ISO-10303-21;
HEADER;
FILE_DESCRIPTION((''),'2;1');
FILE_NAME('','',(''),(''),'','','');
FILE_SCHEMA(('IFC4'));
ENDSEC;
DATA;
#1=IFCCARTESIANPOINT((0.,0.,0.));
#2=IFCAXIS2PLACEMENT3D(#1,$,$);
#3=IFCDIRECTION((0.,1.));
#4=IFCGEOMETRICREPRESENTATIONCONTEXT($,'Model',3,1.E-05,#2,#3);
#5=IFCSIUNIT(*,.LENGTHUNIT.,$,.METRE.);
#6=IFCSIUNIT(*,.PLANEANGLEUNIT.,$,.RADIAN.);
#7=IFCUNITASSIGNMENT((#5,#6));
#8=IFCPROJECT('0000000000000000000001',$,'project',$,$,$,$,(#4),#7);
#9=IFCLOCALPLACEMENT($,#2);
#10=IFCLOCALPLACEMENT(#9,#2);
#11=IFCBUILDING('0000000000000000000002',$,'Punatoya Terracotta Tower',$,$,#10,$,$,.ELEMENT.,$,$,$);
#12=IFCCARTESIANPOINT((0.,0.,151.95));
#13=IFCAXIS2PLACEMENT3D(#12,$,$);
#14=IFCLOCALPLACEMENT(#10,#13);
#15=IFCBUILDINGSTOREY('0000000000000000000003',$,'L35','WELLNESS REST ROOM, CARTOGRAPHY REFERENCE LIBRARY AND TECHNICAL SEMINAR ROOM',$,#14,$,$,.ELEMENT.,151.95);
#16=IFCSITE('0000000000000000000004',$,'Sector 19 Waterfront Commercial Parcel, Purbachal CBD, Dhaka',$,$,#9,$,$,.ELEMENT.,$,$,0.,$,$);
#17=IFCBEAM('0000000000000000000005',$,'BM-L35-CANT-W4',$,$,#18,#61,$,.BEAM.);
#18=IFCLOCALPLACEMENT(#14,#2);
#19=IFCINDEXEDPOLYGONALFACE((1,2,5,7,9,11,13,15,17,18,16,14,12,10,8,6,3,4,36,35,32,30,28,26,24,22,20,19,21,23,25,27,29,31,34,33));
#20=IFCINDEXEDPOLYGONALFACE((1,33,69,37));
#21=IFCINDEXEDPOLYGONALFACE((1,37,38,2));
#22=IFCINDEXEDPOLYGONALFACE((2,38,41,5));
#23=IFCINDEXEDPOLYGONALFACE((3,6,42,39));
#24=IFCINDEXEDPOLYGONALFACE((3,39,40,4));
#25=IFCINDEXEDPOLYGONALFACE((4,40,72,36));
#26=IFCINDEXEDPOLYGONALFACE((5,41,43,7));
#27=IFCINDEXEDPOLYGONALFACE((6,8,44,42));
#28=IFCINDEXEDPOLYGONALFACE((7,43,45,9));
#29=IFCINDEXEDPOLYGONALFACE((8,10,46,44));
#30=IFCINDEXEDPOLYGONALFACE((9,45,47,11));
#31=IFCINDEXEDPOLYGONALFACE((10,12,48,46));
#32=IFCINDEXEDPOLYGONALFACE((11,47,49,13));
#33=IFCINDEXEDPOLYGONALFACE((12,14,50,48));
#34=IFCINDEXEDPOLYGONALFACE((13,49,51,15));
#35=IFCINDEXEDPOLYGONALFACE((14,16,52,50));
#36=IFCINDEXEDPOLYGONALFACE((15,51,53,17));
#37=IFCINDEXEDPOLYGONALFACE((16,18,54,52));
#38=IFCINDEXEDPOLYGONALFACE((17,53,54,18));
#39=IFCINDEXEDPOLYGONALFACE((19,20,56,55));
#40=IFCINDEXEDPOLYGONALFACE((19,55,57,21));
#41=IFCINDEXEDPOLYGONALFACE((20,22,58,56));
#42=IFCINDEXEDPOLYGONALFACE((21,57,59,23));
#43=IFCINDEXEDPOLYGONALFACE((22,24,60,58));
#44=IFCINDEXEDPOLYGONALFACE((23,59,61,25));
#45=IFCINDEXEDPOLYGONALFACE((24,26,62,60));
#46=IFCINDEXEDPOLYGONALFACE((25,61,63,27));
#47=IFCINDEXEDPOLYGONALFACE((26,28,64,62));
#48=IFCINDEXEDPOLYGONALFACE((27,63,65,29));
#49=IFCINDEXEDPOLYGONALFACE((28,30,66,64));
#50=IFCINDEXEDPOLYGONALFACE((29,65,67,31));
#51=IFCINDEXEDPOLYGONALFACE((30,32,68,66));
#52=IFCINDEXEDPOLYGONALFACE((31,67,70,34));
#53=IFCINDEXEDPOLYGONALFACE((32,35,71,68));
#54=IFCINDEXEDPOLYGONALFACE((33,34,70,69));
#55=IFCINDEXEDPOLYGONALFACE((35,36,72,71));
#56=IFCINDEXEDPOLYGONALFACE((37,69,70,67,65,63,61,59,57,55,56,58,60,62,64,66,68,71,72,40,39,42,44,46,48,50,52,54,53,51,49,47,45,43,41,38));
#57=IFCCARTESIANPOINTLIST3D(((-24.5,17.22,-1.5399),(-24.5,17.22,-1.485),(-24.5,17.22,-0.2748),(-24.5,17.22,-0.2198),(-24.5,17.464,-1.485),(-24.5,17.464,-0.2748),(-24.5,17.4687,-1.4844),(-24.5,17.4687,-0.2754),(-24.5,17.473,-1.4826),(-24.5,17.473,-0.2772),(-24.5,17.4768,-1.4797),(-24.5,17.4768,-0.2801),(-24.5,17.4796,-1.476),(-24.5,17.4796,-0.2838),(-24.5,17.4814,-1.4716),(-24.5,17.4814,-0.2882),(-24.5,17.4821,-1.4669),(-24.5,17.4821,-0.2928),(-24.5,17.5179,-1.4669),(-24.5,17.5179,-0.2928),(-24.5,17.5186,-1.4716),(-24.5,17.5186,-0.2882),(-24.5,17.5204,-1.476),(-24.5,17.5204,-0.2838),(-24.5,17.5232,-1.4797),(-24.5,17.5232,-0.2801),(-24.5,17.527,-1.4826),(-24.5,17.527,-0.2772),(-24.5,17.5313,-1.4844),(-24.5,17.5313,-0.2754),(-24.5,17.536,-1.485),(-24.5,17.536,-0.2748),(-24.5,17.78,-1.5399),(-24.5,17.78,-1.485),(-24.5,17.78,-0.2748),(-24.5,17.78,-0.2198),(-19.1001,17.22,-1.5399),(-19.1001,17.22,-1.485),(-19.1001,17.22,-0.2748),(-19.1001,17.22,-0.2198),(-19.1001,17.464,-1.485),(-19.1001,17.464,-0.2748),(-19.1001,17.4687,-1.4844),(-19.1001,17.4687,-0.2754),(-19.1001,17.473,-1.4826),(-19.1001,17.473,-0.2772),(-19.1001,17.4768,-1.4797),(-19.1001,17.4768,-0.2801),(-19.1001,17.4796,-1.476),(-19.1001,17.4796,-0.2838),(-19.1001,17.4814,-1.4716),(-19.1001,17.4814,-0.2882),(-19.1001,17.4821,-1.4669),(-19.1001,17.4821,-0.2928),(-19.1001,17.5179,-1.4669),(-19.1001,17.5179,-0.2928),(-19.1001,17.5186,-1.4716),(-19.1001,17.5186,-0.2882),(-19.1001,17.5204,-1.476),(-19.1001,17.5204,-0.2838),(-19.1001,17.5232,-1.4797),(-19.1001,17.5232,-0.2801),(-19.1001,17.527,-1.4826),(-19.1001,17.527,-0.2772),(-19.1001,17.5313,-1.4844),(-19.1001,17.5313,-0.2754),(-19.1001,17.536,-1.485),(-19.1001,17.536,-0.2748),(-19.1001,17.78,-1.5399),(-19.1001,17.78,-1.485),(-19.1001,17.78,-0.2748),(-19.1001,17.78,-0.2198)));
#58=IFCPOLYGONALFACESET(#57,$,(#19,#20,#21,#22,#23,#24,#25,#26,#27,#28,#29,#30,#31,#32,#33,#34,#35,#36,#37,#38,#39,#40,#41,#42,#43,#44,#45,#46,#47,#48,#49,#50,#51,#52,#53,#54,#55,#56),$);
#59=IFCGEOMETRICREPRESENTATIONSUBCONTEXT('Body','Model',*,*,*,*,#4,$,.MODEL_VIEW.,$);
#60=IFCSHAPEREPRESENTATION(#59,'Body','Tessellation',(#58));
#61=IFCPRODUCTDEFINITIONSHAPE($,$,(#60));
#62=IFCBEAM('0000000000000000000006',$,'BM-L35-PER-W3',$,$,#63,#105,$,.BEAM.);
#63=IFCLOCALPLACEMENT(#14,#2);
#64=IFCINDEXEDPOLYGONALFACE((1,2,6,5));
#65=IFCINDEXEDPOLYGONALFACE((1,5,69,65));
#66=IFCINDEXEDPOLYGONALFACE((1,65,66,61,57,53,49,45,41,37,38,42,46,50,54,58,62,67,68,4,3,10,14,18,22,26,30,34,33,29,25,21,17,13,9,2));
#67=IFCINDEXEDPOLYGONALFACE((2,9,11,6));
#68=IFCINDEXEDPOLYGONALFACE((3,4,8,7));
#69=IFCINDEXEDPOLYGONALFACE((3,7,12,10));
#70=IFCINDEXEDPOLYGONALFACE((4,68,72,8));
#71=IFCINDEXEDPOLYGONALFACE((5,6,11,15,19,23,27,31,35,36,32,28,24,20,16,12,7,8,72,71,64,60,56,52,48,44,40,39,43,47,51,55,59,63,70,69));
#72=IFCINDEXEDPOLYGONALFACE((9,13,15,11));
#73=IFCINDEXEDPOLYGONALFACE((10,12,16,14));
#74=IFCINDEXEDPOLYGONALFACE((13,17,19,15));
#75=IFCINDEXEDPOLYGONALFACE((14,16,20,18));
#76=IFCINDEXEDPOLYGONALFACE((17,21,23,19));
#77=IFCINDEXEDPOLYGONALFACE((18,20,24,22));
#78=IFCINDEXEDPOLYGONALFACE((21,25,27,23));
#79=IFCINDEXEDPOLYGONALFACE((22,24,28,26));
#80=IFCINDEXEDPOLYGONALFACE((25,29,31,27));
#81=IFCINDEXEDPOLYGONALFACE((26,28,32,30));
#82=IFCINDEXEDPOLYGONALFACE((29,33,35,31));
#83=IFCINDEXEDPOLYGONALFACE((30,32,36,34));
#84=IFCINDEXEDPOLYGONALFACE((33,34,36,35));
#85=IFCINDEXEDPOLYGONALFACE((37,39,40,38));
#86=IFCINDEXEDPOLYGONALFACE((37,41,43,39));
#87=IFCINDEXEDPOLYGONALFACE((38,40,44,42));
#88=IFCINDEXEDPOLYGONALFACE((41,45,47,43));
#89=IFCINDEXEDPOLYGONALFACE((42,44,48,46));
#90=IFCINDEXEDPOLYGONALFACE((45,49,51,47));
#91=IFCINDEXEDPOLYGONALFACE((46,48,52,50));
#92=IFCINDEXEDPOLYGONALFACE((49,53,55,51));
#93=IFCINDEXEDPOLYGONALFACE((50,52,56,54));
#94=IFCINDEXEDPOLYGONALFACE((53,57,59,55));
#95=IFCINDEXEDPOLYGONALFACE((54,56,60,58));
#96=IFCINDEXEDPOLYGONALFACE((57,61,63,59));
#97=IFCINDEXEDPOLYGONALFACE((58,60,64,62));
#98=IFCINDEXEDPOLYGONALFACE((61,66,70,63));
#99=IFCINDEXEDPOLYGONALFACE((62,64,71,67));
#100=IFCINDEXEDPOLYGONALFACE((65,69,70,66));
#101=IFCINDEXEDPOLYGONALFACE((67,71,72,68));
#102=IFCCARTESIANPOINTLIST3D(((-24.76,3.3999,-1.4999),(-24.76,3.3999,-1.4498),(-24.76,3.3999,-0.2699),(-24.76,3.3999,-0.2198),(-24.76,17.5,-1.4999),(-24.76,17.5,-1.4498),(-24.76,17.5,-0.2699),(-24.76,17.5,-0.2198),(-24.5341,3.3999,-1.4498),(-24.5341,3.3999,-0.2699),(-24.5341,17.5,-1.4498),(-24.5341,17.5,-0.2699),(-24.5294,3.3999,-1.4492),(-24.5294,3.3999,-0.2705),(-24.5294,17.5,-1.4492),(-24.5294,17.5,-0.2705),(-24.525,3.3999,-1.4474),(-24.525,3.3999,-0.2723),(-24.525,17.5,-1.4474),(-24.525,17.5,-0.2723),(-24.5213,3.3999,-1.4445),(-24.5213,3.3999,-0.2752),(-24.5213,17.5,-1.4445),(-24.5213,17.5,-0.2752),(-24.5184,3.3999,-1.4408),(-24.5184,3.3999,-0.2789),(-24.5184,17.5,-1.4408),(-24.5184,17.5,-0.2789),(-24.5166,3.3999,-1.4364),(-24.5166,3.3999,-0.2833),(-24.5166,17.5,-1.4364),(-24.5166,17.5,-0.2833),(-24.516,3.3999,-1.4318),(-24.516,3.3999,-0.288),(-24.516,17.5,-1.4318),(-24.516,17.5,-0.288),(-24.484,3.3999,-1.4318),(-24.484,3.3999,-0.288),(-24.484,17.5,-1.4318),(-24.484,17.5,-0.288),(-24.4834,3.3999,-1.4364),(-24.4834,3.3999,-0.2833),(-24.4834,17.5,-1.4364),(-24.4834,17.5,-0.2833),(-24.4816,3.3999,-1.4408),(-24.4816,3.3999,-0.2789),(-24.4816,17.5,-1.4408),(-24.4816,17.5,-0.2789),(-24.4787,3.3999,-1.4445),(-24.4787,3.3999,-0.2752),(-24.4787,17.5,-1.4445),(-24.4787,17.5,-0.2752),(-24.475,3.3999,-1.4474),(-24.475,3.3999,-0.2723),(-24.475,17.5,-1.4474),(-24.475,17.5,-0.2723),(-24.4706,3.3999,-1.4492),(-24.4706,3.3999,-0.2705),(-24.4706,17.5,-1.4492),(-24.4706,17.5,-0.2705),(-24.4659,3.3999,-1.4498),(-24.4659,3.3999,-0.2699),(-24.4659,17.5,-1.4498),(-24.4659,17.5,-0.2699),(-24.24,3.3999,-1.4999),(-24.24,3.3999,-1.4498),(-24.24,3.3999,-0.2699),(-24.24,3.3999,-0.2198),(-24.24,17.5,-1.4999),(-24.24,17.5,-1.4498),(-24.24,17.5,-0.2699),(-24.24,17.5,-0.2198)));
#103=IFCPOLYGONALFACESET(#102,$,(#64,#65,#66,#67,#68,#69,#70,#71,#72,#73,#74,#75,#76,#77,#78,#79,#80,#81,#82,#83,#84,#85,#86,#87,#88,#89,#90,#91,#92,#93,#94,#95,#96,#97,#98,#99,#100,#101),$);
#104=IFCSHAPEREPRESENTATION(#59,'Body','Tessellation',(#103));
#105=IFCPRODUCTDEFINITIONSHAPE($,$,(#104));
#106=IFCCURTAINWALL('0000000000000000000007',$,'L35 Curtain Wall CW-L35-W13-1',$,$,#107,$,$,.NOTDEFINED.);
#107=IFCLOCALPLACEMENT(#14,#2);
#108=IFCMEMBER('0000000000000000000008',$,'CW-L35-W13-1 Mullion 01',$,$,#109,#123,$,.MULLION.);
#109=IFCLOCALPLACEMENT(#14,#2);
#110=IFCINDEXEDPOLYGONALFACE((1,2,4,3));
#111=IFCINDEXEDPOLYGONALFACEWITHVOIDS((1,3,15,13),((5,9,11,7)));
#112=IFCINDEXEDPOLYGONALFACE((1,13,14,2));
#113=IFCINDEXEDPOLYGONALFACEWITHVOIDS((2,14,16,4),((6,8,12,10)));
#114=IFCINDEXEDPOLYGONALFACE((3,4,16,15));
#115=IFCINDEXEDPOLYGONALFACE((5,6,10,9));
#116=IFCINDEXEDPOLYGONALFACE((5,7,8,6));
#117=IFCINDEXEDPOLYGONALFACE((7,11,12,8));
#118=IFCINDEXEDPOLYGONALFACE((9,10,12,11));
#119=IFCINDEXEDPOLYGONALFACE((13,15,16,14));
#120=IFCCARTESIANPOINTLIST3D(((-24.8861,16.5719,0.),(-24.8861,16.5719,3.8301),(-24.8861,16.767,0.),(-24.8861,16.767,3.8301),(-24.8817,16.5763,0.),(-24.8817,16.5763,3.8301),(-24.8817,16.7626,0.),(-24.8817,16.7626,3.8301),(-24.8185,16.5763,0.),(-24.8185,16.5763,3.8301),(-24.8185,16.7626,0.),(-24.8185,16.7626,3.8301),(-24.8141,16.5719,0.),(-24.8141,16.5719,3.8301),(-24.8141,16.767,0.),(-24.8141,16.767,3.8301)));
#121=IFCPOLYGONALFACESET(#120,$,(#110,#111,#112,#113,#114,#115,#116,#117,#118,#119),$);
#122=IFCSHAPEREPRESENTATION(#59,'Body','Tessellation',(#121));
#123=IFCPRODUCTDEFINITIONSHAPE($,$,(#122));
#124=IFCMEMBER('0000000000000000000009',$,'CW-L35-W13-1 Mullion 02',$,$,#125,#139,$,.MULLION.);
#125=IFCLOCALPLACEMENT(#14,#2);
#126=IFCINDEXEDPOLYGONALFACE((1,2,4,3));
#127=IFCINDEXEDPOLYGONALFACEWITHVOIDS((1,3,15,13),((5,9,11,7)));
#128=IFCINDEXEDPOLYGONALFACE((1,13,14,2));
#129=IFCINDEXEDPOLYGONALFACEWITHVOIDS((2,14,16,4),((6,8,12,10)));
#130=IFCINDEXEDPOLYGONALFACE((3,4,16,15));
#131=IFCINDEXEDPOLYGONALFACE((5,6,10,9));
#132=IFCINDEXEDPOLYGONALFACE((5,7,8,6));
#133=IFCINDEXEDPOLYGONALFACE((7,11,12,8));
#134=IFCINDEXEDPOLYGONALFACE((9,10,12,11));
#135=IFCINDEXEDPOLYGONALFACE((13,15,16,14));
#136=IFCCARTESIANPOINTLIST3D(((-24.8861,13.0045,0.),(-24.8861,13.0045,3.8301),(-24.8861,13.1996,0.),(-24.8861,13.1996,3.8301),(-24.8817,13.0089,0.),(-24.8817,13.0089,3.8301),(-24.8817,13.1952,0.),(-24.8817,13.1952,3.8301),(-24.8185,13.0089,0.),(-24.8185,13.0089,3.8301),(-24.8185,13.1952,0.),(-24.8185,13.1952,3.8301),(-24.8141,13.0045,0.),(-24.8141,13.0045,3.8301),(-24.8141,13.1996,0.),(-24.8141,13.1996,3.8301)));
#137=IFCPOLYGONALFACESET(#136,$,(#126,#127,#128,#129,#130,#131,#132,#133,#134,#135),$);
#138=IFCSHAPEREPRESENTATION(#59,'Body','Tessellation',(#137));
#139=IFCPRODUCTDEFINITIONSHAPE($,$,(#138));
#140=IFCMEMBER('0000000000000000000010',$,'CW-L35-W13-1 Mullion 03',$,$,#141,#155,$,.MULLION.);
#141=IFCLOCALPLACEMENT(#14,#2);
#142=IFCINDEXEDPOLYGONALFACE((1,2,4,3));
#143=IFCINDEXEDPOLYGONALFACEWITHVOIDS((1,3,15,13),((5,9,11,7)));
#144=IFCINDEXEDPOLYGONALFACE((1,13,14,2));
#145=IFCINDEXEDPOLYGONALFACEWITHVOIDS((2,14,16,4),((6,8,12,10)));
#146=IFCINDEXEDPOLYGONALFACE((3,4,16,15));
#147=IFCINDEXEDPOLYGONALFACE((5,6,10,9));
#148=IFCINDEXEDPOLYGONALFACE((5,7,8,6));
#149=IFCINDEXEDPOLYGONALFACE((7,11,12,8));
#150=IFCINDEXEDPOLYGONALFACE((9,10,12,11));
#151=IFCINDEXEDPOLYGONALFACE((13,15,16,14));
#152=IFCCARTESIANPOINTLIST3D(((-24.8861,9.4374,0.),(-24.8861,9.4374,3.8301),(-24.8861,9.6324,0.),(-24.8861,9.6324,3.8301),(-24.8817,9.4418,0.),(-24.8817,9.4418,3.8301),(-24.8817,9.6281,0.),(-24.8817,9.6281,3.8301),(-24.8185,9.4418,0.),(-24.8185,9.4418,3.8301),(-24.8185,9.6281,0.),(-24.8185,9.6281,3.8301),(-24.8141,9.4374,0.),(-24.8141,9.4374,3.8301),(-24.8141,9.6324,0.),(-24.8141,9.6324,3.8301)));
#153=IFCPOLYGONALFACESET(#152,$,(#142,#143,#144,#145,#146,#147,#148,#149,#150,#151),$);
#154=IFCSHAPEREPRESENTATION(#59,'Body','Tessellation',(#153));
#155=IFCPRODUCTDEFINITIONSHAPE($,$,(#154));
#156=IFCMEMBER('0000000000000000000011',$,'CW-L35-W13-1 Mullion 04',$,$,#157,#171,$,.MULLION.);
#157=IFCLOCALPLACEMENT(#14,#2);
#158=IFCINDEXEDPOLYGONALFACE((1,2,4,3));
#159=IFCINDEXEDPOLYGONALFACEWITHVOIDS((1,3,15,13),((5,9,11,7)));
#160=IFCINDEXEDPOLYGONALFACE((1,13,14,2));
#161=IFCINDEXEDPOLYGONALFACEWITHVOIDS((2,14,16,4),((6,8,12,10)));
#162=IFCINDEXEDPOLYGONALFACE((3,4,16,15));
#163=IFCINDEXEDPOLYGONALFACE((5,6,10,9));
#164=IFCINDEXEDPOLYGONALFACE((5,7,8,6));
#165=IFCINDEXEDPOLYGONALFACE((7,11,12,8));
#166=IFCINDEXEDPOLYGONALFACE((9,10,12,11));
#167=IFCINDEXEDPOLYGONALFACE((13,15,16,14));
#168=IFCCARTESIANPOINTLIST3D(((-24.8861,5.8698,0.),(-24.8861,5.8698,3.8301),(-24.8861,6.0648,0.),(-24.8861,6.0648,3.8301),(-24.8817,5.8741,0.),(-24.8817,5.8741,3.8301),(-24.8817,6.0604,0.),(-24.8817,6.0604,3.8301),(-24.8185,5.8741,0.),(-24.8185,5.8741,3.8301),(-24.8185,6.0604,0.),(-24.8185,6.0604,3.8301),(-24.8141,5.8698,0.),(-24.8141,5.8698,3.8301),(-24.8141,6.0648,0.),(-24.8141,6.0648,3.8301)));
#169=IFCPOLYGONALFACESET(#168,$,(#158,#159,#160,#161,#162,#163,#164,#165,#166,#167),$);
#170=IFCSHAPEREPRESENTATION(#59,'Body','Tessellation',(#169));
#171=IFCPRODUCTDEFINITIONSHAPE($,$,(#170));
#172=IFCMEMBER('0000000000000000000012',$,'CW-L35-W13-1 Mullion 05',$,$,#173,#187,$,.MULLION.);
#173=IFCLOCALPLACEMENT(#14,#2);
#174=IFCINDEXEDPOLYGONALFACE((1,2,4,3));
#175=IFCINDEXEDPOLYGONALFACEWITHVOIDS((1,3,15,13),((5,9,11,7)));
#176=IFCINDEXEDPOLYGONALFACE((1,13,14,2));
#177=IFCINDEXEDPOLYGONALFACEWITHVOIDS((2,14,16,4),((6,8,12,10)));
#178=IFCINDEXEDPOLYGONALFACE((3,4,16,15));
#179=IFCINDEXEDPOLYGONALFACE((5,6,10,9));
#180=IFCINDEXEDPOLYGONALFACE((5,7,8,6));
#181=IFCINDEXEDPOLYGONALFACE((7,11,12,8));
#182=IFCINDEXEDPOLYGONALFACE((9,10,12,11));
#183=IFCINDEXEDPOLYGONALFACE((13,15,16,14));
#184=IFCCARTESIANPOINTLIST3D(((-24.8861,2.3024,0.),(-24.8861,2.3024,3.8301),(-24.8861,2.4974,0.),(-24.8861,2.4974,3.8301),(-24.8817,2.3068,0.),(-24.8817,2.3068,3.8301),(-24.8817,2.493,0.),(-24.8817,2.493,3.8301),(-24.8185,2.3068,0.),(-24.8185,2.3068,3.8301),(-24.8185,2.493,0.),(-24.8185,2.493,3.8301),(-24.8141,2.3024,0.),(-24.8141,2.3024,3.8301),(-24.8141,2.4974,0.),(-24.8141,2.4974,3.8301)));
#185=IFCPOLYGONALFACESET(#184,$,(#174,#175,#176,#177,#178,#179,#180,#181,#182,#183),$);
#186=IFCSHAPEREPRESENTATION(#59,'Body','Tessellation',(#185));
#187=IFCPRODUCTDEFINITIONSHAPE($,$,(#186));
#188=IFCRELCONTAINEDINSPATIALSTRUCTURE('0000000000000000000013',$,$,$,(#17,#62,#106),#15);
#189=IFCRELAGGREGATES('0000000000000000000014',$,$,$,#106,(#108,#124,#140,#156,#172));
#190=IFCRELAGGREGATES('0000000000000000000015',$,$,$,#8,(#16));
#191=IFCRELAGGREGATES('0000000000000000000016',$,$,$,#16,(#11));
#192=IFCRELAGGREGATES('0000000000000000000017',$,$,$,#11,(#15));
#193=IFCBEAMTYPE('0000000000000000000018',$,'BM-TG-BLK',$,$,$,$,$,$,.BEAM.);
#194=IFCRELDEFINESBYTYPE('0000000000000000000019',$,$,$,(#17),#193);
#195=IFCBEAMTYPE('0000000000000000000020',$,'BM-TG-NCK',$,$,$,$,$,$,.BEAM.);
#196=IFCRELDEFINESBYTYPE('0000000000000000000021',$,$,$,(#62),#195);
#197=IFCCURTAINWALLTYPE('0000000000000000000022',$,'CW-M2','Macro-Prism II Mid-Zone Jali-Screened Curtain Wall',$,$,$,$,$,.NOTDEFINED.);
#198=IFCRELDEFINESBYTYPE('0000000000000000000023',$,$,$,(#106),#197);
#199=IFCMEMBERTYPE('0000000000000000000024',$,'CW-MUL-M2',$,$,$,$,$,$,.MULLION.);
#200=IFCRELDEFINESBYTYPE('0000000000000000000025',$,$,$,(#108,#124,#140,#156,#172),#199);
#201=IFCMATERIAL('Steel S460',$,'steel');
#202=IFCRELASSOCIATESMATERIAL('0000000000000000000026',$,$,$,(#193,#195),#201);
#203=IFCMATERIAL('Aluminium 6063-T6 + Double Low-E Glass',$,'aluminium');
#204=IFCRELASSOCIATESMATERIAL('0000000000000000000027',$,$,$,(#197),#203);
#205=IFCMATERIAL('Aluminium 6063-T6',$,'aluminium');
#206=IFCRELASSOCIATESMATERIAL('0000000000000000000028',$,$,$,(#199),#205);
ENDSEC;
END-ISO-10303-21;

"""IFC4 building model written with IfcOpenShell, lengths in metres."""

from ifc_helpers import new_model, si_unit, direction, frame, origin, origin_2d, place, context, subcontext, project, spatial, hollow_rectangle, i_section, extrude, material, material_profile, profile_set, type_object, element, aggregate, save


model = new_model("IFC4")

# Units and contexts
model_context = context("Model", 3, precision=1e-05, world=origin(), true_north=direction((0.0, 1.0)))
body_context = subcontext(model_context, "Body", "Model", "MODEL_VIEW")
ifc_project = project(units=[si_unit("LENGTHUNIT", "METRE"), si_unit("PLANEANGLEUNIT", "RADIAN")], contexts=[model_context])

# Site, building, storey
site_placement = place(None, origin())
site = spatial("IfcSite", under=ifc_project, at=site_placement, Name="Sector 19 Waterfront Commercial Parcel, Purbachal CBD, Dhaka", CompositionType="ELEMENT", RefElevation=0.0)
building_placement = place(site_placement, origin())
building = spatial("IfcBuilding", under=site, at=building_placement, Name="Punatoya Terracotta Tower", CompositionType="ELEMENT")
storey_placement = place(building_placement, frame((0.0, 0.0, 151.95)))
storey = spatial("IfcBuildingStorey", under=building, at=storey_placement, Name="L35", Description="WELLNESS REST ROOM, CARTOGRAPHY REFERENCE LIBRARY AND TECHNICAL SEMINAR ROOM", CompositionType="ELEMENT", Elevation=151.95)

# Shared definitions
ifc_material_1 = material(Name="Steel S460", Category="steel")

# Beams
ifc_material_profile_1 = material_profile(ifc_material_1, i_section(OverallWidth=0.5601, OverallDepth=1.3201, WebThickness=0.0359, FlangeThickness=0.0549, FilletRadius=0.0181, at=origin_2d()))
ifc_profile_set_1 = profile_set([ifc_material_profile_1], Name="Steel S460")
beam_type_1 = type_object("IfcBeamType", Name="BM-TG-BLK", PredefinedType="BEAM", material=ifc_profile_set_1)
for number, where, z_axis, x_axis, name in (
    (1, (-24.5, 17.5, -0.8799), (1.0, 0.0, 0.0), (0.0, 1.0, 0.0), "BM-L35-CANT-W4"),
):
    element("IfcBeam", number, at=place(storey_placement, frame(where, z_axis=z_axis, x_axis=x_axis)), inside=storey, type_object=beam_type_1, Name=name, PredefinedType="BEAM", context=body_context, shape_type="SweptSolid", body=[
        extrude(i_section(OverallWidth=0.5601, OverallDepth=1.3201, WebThickness=0.0359, FlangeThickness=0.0549, FilletRadius=0.0181, at=origin_2d()), origin(), (0.0, 0.0, 1.0), 5.3999),
    ])
ifc_material_profile_2 = material_profile(ifc_material_1, i_section(OverallWidth=0.52, OverallDepth=1.28, WebThickness=0.032, FlangeThickness=0.05, FilletRadius=0.0181, at=origin_2d()))
ifc_profile_set_2 = profile_set([ifc_material_profile_2], Name="Steel S460")
beam_type_2 = type_object("IfcBeamType", Name="BM-TG-NCK", PredefinedType="BEAM", material=ifc_profile_set_2)
beam_1_placement = place(storey_placement, frame((-24.5, 3.3999, -0.8599), z_axis=(0.0, 1.0, 0.0), x_axis=(-1.0, 0.0, 0.0)))
element("IfcBeam", 2, at=beam_1_placement, inside=storey, type_object=beam_type_2, Name="BM-L35-PER-W3", PredefinedType="BEAM", context=body_context, shape_type="SweptSolid", body=[
    extrude(i_section(OverallWidth=0.52, OverallDepth=1.28, WebThickness=0.032, FlangeThickness=0.05, FilletRadius=0.0181, at=origin_2d()), origin(), (0.0, 0.0, 1.0), 14.1001),
])

# Curtain wall, members
ifc_material_2 = material(Name="Aluminium 6063-T6 + Double Low-E Glass", Category="aluminium")
curtain_wall_type = type_object("IfcCurtainWallType", Name="CW-M2", Description="Macro-Prism II Mid-Zone Jali-Screened Curtain Wall", PredefinedType="NOTDEFINED", material=ifc_material_2)
curtain_wall_placement = place(storey_placement, origin())
curtain_wall = element("IfcCurtainWall", 3, at=curtain_wall_placement, inside=storey, type_object=curtain_wall_type, Name="L35 Curtain Wall CW-L35-W13-1", PredefinedType="NOTDEFINED")
ifc_material_3 = material(Name="Aluminium 6063-T6", Category="aluminium")
ifc_material_profile_3 = material_profile(ifc_material_3, hollow_rectangle(XDim=0.072, YDim=0.1951, WallThickness=0.0044, at=origin_2d()))
ifc_profile_set_3 = profile_set([ifc_material_profile_3], Name="Aluminium 6063-T6")
member_type = type_object("IfcMemberType", Name="CW-MUL-M2", PredefinedType="MULLION", material=ifc_profile_set_3)
member_1_placement = place(storey_placement, frame((-24.8501, 16.6694, 0.0), z_axis=(0.0, 0.0, 1.0), x_axis=(1.0, 0.0, 0.0)))
member_1 = element("IfcMember", 4, at=member_1_placement, type_object=member_type, Name="CW-L35-W13-1 Mullion 01", PredefinedType="MULLION", context=body_context, shape_type="SweptSolid", body=[
    extrude(hollow_rectangle(XDim=0.072, YDim=0.1951, WallThickness=0.0044, at=origin_2d()), origin(), (0.0, 0.0, 1.0), 3.8301),
])
member_2_placement = place(storey_placement, frame((-24.8501, 13.1021, 0.0), z_axis=(0.0, 0.0, 1.0), x_axis=(1.0, 0.0, 0.0)))
member_2 = element("IfcMember", 5, at=member_2_placement, type_object=member_type, Name="CW-L35-W13-1 Mullion 02", PredefinedType="MULLION", context=body_context, shape_type="SweptSolid", body=[
    extrude(hollow_rectangle(XDim=0.072, YDim=0.1951, WallThickness=0.0044, at=origin_2d()), origin(), (0.0, 0.0, 1.0), 3.8301),
])
member_3_placement = place(storey_placement, frame((-24.8501, 9.5349, 0.0), z_axis=(0.0, 0.0, 1.0), x_axis=(1.0, 0.0, 0.0)))
member_3 = element("IfcMember", 6, at=member_3_placement, type_object=member_type, Name="CW-L35-W13-1 Mullion 03", PredefinedType="MULLION", context=body_context, shape_type="SweptSolid", body=[
    extrude(hollow_rectangle(XDim=0.072, YDim=0.1951, WallThickness=0.0044, at=origin_2d()), origin(), (0.0, 0.0, 1.0), 3.8301),
])
member_4_placement = place(storey_placement, frame((-24.8501, 5.9673, 0.0), z_axis=(0.0, 0.0, 1.0), x_axis=(1.0, 0.0, 0.0)))
member_4 = element("IfcMember", 7, at=member_4_placement, type_object=member_type, Name="CW-L35-W13-1 Mullion 04", PredefinedType="MULLION", context=body_context, shape_type="SweptSolid", body=[
    extrude(hollow_rectangle(XDim=0.072, YDim=0.1951, WallThickness=0.0044, at=origin_2d()), origin(), (0.0, 0.0, 1.0), 3.8301),
])
member_5_placement = place(storey_placement, frame((-24.8501, 2.3999, 0.0), z_axis=(0.0, 0.0, 1.0), x_axis=(1.0, 0.0, 0.0)))
member_5 = element("IfcMember", 8, at=member_5_placement, type_object=member_type, Name="CW-L35-W13-1 Mullion 05", PredefinedType="MULLION", context=body_context, shape_type="SweptSolid", body=[
    extrude(hollow_rectangle(XDim=0.072, YDim=0.1951, WallThickness=0.0044, at=origin_2d()), origin(), (0.0, 0.0, 1.0), 3.8301),
])
aggregate(curtain_wall, [member_1, member_2, member_3, member_4, member_5])

save(model, "model.ifc")
